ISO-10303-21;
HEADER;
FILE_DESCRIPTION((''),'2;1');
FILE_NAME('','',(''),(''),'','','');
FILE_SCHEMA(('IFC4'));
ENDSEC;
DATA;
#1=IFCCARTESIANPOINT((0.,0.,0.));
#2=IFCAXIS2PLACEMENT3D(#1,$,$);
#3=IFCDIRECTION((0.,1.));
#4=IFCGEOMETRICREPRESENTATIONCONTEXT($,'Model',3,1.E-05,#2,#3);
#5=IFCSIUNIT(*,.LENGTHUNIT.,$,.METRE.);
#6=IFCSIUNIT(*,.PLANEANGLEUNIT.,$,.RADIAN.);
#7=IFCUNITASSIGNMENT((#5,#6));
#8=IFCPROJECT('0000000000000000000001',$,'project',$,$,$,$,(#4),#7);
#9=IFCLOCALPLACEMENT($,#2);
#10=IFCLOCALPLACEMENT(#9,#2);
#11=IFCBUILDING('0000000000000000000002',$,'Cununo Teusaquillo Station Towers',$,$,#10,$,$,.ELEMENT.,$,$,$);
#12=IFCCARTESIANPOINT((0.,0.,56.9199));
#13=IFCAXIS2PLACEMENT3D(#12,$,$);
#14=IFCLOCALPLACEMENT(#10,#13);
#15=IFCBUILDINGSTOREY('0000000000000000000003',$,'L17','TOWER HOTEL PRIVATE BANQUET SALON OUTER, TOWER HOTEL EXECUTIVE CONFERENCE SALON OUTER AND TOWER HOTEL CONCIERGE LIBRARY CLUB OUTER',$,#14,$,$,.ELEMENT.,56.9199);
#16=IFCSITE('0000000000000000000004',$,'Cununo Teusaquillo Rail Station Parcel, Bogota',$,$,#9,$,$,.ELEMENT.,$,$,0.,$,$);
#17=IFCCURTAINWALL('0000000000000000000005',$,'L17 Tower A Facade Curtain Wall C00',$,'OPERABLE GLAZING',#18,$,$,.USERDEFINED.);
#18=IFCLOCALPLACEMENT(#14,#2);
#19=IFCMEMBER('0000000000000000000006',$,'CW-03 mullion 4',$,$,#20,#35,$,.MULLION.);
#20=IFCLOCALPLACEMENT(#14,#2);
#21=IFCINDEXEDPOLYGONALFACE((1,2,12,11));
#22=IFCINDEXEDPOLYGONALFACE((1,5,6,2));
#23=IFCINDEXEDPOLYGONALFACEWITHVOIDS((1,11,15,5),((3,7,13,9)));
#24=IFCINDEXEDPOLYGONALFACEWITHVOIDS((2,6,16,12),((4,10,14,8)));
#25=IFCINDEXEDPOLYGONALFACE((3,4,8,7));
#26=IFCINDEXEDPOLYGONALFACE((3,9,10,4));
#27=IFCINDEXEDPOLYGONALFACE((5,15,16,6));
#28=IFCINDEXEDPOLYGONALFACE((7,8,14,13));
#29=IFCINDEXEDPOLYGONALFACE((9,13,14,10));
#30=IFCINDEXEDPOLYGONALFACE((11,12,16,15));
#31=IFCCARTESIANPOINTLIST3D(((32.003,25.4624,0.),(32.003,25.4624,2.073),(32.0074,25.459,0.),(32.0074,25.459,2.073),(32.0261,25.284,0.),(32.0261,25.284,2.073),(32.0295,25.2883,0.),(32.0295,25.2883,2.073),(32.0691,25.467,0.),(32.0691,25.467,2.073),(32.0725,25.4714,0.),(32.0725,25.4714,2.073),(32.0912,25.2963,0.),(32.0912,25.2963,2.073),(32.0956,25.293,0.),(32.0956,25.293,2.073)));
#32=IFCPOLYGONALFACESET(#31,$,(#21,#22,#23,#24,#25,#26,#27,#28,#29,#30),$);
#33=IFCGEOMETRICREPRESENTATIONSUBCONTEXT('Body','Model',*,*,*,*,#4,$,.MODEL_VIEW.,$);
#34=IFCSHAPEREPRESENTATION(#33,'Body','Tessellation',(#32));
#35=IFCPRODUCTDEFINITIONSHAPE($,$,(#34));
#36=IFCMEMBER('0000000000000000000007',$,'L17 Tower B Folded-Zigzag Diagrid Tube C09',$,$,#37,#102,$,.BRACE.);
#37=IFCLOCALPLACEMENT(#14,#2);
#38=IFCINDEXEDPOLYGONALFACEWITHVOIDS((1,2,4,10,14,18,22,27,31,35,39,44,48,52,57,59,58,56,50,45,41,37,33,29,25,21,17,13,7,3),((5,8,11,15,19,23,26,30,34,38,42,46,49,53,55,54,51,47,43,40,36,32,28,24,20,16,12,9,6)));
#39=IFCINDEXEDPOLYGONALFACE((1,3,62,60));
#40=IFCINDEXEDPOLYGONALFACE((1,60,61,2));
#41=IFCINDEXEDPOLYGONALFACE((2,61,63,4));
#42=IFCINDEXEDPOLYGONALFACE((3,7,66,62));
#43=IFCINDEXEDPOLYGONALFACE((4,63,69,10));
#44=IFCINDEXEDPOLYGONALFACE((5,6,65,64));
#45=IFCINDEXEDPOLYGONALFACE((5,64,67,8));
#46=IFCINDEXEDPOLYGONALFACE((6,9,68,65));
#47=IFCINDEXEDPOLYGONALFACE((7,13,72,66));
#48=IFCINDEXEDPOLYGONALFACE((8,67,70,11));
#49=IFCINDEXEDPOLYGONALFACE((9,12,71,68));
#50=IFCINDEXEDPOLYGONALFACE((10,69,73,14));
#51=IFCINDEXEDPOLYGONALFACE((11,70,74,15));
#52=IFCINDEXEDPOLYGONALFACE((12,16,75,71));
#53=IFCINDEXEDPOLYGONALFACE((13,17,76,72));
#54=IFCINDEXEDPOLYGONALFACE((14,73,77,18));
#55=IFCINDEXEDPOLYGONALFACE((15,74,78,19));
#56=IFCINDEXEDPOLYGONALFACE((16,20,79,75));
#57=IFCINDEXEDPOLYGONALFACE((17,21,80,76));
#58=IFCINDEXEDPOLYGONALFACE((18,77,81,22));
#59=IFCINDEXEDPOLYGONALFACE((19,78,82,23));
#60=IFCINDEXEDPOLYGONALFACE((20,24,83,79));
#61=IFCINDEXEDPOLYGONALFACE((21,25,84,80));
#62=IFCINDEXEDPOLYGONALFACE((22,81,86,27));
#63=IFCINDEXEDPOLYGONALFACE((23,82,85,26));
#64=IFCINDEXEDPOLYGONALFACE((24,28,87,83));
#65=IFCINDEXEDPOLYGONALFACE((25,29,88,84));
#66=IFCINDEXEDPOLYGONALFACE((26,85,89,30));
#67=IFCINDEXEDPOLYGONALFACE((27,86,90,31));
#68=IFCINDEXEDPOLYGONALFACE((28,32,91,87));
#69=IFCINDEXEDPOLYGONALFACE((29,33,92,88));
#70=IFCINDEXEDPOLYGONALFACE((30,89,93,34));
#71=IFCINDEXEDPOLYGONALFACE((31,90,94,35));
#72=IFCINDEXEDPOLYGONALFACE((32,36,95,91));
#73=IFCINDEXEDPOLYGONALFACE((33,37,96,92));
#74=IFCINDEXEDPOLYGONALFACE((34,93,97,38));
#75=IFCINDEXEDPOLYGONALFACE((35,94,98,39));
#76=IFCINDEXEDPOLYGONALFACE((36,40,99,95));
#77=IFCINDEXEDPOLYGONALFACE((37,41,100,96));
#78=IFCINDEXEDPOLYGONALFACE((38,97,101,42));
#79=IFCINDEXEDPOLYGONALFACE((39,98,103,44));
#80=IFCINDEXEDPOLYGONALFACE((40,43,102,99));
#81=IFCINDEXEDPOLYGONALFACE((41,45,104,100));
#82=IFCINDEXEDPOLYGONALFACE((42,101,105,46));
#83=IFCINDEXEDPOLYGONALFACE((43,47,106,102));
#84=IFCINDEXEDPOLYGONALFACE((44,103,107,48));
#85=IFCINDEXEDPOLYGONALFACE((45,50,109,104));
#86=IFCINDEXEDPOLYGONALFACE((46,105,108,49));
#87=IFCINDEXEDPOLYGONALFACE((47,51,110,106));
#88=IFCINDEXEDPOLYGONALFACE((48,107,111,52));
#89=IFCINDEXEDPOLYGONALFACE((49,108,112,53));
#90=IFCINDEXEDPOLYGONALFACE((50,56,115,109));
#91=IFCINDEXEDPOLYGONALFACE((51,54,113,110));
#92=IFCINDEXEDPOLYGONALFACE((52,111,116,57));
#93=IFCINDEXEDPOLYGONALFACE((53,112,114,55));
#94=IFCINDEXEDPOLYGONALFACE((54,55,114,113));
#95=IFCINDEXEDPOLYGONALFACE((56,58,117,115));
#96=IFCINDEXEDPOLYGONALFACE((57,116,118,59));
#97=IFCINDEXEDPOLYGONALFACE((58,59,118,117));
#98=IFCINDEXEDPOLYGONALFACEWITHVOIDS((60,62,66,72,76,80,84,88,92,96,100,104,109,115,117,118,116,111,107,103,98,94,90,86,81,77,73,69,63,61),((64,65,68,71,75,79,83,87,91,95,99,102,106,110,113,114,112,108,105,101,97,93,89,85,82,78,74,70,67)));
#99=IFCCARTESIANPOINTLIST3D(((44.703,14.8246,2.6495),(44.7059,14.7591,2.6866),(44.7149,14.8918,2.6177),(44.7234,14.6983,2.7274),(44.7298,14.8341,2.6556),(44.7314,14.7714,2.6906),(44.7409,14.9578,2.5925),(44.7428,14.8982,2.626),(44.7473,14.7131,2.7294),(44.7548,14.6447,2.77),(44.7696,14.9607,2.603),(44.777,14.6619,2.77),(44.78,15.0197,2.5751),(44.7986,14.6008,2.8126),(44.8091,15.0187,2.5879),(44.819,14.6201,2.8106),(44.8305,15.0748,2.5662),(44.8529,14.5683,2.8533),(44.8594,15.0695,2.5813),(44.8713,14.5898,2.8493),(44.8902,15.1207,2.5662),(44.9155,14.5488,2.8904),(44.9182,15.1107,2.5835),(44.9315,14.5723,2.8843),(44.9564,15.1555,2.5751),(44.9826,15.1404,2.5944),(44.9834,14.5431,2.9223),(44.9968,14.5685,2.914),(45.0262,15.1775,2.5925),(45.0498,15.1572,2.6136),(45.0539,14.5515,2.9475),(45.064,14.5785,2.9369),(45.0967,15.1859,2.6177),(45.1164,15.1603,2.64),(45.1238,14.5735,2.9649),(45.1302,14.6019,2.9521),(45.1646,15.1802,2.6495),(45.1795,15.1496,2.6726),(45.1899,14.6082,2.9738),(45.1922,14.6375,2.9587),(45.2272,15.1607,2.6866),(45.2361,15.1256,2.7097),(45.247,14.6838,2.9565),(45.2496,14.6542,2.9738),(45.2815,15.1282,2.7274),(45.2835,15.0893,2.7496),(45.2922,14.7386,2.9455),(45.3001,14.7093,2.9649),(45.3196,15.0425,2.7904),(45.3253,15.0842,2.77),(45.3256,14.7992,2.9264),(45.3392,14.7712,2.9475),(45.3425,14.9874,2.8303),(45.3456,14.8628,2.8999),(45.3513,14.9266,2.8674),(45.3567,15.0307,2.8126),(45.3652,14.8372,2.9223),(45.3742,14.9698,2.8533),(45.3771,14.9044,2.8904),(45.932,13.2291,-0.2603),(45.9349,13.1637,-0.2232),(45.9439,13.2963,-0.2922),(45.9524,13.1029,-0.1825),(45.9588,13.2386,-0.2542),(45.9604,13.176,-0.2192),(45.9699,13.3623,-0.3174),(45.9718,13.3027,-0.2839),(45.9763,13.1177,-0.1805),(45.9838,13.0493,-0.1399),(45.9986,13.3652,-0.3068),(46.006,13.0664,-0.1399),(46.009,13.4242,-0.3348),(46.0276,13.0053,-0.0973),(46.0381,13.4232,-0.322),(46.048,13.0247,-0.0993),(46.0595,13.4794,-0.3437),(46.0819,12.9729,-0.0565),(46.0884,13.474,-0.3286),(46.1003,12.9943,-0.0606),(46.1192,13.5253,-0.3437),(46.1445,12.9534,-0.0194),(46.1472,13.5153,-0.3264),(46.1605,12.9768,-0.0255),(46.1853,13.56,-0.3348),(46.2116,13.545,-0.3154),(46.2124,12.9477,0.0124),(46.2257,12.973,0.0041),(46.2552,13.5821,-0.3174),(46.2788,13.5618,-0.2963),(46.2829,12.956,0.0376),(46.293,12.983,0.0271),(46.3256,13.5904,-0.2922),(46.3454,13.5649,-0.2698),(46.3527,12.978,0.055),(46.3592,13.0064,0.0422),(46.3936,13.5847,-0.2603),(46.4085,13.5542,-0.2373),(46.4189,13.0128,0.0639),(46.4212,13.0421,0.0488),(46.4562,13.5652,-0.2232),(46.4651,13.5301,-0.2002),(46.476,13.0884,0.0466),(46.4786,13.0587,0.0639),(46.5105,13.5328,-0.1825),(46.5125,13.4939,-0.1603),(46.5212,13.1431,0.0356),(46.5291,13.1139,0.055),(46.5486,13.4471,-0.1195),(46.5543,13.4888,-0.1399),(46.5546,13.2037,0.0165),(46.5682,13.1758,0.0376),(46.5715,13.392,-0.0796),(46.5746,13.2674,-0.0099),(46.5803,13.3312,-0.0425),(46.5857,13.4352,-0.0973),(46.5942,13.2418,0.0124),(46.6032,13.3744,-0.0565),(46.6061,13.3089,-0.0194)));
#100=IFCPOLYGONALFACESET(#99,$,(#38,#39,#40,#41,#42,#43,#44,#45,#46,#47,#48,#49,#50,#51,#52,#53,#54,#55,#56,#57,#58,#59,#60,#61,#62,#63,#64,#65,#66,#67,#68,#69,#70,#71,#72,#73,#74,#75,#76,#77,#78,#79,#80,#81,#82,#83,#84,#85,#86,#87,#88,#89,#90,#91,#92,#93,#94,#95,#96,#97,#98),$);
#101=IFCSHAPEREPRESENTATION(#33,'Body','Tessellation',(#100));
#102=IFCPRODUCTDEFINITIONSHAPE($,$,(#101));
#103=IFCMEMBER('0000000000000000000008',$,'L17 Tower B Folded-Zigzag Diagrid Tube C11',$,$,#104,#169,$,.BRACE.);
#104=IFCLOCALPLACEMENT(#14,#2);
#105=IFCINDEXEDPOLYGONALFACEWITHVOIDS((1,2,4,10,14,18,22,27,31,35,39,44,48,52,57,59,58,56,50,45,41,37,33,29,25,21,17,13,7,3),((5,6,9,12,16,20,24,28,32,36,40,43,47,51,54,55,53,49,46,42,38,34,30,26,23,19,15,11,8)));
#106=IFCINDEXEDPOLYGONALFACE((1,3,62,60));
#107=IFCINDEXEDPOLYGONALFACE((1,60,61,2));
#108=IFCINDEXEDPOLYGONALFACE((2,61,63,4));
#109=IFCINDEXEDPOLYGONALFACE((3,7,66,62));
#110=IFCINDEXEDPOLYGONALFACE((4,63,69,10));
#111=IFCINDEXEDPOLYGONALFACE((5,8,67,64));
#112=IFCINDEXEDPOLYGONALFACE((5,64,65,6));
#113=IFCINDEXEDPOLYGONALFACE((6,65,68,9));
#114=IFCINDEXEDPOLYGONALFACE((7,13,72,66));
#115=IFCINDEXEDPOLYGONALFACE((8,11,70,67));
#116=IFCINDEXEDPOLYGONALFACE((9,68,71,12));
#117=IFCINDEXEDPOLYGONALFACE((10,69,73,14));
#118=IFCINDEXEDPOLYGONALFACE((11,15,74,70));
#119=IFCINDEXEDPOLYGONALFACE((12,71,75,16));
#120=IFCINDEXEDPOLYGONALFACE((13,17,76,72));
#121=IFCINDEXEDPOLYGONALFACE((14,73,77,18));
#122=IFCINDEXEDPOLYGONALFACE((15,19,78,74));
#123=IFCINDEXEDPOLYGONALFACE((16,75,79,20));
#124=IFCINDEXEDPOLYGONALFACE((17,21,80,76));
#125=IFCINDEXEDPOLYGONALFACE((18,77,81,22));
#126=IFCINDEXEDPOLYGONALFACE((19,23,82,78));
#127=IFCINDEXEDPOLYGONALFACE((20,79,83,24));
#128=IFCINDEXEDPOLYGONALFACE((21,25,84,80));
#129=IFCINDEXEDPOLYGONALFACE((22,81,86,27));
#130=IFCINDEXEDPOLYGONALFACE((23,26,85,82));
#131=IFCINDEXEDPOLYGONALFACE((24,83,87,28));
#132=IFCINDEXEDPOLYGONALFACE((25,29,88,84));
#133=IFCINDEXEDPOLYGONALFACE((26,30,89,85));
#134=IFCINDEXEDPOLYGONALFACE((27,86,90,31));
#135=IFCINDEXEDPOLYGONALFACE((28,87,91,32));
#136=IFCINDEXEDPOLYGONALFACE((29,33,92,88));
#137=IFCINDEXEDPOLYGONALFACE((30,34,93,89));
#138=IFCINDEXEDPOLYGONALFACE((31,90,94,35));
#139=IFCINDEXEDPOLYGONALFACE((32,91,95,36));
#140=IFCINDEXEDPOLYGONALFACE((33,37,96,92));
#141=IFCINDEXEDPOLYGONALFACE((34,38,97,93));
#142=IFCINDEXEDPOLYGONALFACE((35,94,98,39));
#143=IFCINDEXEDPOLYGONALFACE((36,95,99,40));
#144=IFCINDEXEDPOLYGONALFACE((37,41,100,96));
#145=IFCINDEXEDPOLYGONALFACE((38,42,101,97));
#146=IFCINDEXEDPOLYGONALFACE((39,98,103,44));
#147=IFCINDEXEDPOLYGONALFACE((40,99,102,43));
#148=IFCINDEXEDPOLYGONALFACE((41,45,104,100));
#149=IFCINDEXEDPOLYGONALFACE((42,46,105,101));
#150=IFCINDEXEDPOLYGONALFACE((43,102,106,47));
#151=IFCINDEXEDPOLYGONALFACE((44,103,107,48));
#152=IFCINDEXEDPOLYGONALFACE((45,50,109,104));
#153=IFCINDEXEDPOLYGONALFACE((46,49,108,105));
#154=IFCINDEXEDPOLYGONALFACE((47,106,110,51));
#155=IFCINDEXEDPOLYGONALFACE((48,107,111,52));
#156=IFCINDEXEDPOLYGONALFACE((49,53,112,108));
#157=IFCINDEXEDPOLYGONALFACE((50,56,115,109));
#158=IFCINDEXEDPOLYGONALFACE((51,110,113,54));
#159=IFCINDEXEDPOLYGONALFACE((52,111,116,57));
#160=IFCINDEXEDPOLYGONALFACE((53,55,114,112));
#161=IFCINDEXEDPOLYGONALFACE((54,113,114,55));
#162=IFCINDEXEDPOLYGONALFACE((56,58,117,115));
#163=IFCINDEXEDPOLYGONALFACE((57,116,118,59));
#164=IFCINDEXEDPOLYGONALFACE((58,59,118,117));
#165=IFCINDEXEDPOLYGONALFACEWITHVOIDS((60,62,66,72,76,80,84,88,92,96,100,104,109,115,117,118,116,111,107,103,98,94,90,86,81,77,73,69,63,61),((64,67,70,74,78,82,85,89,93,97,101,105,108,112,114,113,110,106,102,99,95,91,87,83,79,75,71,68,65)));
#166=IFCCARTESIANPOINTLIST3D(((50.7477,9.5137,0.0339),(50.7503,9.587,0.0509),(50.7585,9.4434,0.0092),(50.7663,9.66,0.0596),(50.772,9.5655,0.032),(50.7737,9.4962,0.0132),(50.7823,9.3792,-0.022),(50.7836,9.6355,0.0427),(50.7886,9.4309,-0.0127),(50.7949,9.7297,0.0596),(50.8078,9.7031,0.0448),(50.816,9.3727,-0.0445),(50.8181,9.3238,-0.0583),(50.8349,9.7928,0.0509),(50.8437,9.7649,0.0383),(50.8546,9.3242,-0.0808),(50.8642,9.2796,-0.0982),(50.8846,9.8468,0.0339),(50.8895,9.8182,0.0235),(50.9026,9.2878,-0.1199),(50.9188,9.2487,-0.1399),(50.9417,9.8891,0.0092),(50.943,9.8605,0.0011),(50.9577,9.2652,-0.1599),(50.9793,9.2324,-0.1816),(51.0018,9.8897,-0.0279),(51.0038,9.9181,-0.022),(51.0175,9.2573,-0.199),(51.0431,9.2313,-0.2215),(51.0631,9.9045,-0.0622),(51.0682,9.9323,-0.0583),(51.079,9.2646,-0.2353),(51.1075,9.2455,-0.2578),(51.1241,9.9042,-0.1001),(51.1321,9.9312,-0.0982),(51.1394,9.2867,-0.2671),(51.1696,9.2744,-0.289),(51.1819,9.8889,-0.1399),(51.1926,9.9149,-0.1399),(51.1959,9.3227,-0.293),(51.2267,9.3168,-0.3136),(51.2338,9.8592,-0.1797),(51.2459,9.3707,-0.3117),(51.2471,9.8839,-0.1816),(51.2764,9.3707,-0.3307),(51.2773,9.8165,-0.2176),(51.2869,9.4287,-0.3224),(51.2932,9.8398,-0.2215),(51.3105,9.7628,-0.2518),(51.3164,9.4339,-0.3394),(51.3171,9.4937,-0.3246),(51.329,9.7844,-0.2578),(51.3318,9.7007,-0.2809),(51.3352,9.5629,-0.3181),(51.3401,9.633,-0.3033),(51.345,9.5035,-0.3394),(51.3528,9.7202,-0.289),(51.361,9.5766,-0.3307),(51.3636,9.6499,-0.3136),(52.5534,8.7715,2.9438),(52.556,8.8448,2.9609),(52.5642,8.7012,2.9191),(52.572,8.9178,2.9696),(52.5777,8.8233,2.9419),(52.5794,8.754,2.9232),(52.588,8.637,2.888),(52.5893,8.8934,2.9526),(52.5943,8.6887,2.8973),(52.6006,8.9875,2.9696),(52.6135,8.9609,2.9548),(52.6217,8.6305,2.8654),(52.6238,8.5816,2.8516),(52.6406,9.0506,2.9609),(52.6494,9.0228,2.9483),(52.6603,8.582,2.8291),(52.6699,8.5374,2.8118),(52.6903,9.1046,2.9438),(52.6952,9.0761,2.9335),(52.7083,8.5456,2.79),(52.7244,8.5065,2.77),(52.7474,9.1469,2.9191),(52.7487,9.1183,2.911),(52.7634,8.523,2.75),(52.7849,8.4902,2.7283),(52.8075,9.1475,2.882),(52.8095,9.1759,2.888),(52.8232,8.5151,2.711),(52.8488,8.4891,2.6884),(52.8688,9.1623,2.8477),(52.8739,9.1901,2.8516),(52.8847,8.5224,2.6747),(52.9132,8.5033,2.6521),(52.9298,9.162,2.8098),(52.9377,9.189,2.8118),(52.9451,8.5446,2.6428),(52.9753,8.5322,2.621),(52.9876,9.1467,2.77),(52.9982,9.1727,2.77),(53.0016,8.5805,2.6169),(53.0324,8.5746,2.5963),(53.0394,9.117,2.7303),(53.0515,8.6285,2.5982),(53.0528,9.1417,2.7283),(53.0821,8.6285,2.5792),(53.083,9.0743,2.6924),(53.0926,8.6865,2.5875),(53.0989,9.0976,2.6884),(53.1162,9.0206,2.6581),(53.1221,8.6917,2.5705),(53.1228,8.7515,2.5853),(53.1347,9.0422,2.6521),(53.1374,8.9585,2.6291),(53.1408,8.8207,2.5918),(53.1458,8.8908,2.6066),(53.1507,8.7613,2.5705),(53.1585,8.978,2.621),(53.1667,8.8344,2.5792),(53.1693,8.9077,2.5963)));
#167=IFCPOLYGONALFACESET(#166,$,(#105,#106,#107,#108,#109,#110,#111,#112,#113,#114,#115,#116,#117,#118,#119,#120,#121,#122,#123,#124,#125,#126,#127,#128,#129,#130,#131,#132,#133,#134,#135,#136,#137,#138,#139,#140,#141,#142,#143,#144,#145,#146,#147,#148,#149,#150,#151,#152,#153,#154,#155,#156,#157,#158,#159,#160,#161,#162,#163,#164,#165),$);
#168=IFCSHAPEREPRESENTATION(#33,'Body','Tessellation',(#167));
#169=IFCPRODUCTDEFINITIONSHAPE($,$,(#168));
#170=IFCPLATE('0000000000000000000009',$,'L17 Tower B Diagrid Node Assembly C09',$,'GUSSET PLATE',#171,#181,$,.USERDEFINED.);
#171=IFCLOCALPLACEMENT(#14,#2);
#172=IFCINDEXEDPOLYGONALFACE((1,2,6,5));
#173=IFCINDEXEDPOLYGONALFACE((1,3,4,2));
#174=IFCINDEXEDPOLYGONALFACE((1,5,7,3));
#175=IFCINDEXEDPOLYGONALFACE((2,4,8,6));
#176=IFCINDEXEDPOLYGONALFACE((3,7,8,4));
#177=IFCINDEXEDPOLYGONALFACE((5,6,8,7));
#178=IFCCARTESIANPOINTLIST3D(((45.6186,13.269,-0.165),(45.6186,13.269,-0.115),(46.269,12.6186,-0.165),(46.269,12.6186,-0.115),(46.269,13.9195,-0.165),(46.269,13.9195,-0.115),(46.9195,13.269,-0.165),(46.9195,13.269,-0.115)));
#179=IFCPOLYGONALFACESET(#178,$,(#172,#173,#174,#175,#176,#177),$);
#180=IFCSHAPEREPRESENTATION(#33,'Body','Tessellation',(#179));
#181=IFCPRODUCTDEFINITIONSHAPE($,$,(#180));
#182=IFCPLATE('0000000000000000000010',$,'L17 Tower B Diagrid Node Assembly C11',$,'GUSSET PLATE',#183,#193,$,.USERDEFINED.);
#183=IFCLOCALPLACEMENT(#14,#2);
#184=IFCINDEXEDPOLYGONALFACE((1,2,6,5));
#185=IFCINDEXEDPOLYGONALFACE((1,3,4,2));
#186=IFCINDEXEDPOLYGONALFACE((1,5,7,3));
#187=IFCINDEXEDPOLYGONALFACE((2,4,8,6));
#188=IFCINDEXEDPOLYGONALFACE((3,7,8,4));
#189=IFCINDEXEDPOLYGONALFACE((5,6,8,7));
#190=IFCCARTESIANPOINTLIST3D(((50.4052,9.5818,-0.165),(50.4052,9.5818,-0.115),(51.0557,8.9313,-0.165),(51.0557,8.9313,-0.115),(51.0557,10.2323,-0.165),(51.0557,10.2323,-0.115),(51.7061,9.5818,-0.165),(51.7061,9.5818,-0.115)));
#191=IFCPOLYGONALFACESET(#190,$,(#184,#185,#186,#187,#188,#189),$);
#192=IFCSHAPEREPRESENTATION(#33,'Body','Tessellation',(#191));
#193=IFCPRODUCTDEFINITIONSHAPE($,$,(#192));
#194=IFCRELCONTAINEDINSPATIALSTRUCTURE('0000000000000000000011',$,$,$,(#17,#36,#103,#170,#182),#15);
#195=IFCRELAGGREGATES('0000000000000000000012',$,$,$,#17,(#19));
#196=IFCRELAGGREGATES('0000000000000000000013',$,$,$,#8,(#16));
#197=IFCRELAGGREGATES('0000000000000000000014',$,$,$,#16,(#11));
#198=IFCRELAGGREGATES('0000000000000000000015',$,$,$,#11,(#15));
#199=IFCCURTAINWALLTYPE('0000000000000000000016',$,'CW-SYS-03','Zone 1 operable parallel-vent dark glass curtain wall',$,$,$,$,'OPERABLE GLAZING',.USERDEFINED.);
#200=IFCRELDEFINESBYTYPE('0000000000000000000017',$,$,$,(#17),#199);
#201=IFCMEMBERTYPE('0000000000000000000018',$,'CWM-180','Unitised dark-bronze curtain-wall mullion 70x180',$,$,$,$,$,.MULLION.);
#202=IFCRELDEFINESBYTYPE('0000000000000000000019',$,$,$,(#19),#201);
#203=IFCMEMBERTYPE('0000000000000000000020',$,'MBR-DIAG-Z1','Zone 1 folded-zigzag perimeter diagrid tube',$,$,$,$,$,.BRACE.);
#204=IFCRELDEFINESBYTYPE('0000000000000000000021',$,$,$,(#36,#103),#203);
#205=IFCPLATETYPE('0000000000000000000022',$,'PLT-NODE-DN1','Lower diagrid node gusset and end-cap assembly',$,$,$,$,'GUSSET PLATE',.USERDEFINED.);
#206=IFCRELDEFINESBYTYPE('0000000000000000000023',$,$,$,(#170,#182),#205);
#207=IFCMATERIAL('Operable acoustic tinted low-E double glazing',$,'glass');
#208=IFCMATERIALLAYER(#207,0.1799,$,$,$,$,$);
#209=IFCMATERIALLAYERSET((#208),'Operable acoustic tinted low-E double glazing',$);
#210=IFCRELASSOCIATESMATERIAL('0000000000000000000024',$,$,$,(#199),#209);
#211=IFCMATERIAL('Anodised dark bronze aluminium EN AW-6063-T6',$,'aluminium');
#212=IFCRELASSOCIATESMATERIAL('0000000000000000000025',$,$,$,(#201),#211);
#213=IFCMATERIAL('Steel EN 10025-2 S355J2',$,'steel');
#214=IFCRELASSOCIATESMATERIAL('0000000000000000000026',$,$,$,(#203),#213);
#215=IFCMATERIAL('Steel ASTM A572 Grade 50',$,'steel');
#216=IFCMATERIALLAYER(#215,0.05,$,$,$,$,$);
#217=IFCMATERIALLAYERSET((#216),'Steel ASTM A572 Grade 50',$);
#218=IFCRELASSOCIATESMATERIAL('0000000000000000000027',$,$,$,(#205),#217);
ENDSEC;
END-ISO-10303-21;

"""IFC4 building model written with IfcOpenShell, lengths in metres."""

from ifc_helpers import new_model, si_unit, direction, frame, origin, origin_2d, place, context, subcontext, project, spatial, rectangle, hollow_rectangle, hollow_circle, extrude, source, transform, mapped, material, layer, layer_set, material_profile, profile_set, type_object, element, aggregate, save


model = new_model("IFC4")

# Units and contexts
model_context = context("Model", 3, precision=1e-05, world=origin(), true_north=direction((0.0, 1.0)))
body_context = subcontext(model_context, "Body", "Model", "MODEL_VIEW")
ifc_project = project(units=[si_unit("LENGTHUNIT", "METRE"), si_unit("PLANEANGLEUNIT", "RADIAN")], contexts=[model_context])

# Site, building, storey
site_placement = place(None, origin())
site = spatial("IfcSite", under=ifc_project, at=site_placement, Name="Cununo Teusaquillo Rail Station Parcel, Bogota", CompositionType="ELEMENT", RefElevation=0.0)
building_placement = place(site_placement, origin())
building = spatial("IfcBuilding", under=site, at=building_placement, Name="Cununo Teusaquillo Station Towers", CompositionType="ELEMENT")
storey_placement = place(building_placement, frame((0.0, 0.0, 56.9199)))
storey = spatial("IfcBuildingStorey", under=building, at=storey_placement, Name="L17", Description="TOWER HOTEL PRIVATE BANQUET SALON OUTER, TOWER HOTEL EXECUTIVE CONFERENCE SALON OUTER AND TOWER HOTEL CONCIERGE LIBRARY CLUB OUTER", CompositionType="ELEMENT", Elevation=56.9199)

# Curtain wall, member
ifc_material_1 = material(Name="Operable acoustic tinted low-E double glazing", Category="glass")
ifc_layer_1 = layer(ifc_material_1, 0.1799)
ifc_layer_set_1 = layer_set([ifc_layer_1], Name="Operable acoustic tinted low-E double glazing")
curtain_wall_type = type_object("IfcCurtainWallType", Name="CW-SYS-03", Description="Zone 1 operable parallel-vent dark glass curtain wall", ElementType="OPERABLE GLAZING", PredefinedType="USERDEFINED", material=ifc_layer_set_1)
curtain_wall_placement = place(storey_placement, origin())
curtain_wall = element("IfcCurtainWall", 1, at=curtain_wall_placement, inside=storey, type_object=curtain_wall_type, Name="L17 Tower A Facade Curtain Wall C00", ObjectType="OPERABLE GLAZING", PredefinedType="USERDEFINED")
ifc_material_2 = material(Name="Anodised dark bronze aluminium EN AW-6063-T6", Category="aluminium")
ifc_material_profile_1 = material_profile(ifc_material_2, hollow_rectangle(XDim=0.0701, YDim=0.1799, WallThickness=0.0039, at=origin_2d()), Name="CW-MULL-70x180")
ifc_profile_set_1 = profile_set([ifc_material_profile_1], Name="Anodised dark bronze aluminium EN AW-6063-T6")
member_type_1 = type_object("IfcMemberType", Name="CWM-180", Description="Unitised dark-bronze curtain-wall mullion 70x180", PredefinedType="MULLION", material=ifc_profile_set_1)
member_1_placement = place(storey_placement, frame((32.0493, 25.3777, 0.0), z_axis=(0.0, 0.0, 1.0), x_axis=(0.991731, 0.128336, 0.0)))
member_1 = element("IfcMember", 2, at=member_1_placement, type_object=member_type_1, Name="CW-03 mullion 4", PredefinedType="MULLION", context=body_context, shape_type="SweptSolid", body=[
    extrude(hollow_rectangle(XDim=0.0701, YDim=0.1799, WallThickness=0.0039, at=origin_2d()), origin(), (0.0, 0.0, 1.0), 2.073),
])
aggregate(curtain_wall, [member_1])

# Members
ifc_material_3 = material(Name="Steel EN 10025-2 S355J2", Category="steel")
ifc_material_profile_2 = material_profile(ifc_material_3, hollow_circle(Radius=0.3601, WallThickness=0.0281, at=origin_2d()), Name="CHS 720x28")
ifc_profile_set_2 = profile_set([ifc_material_profile_2], Name="Steel EN 10025-2 S355J2")
member_type_2 = type_object("IfcMemberType", Name="MBR-DIAG-Z1", Description="Zone 1 folded-zigzag perimeter diagrid tube", PredefinedType="BRACE", material=ifc_profile_set_2)
member_2_placement = place(storey_placement, frame((46.269, 13.269, -0.1399), z_axis=(-0.347288, 0.45084, 0.822274), x_axis=(-0.792209, -0.61025, 0.0)))
element("IfcMember", 3, at=member_2_placement, inside=storey, type_object=member_type_2, Name="L17 Tower B Folded-Zigzag Diagrid Tube C09", PredefinedType="BRACE", context=body_context, shape_type="SweptSolid", body=[
    extrude(hollow_circle(Radius=0.3601, WallThickness=0.0281, at=origin_2d()), origin(), (0.0, 0.0, 1.0), 3.5388),
])
member_3_placement = place(storey_placement, frame((51.0557, 9.5818, -0.1399), z_axis=(0.515298, -0.211804, 0.830426), x_axis=(0.380171, 0.924916, 0.0)))
element("IfcMember", 4, at=member_3_placement, inside=storey, type_object=member_type_2, Name="L17 Tower B Folded-Zigzag Diagrid Tube C11", PredefinedType="BRACE", context=body_context, shape_type="SweptSolid", body=[
    extrude(hollow_circle(Radius=0.3601, WallThickness=0.0281, at=origin_2d()), origin(), (0.0, 0.0, 1.0), 3.5042),
])

# Plates
ifc_material_4 = material(Name="Steel ASTM A572 Grade 50", Category="steel")
ifc_layer_2 = layer(ifc_material_4, 0.05)
ifc_layer_set_2 = layer_set([ifc_layer_2], Name="Steel ASTM A572 Grade 50")
plate_type = type_object("IfcPlateType", Name="PLT-NODE-DN1", Description="Lower diagrid node gusset and end-cap assembly", ElementType="GUSSET PLATE", PredefinedType="USERDEFINED", material=ifc_layer_set_2)
shared_shape_1 = source(origin(), body_context, "Body", "SweptSolid", [
    extrude(rectangle(XDim=0.9199, YDim=0.9199, at=origin_2d()), origin(), (0.0, 0.0, 1.0), 0.05),
])
for number, where, z_axis, x_axis, name in (
    (5, (46.269, 13.269, -0.165), (0.0, 0.0, 1.0), (0.707107, 0.707107, 0.0), "L17 Tower B Diagrid Node Assembly C09"),
    (6, (51.0557, 9.5818, -0.165), (0.0, 0.0, 1.0), (0.707107, 0.707107, 0.0), "L17 Tower B Diagrid Node Assembly C11"),
):
    element("IfcPlate", number, at=place(storey_placement, frame(where, z_axis=z_axis, x_axis=x_axis)), inside=storey, type_object=plate_type, Name=name, ObjectType="GUSSET PLATE", PredefinedType="USERDEFINED", context=body_context, shape_type="MappedRepresentation", body=[
        mapped(shared_shape_1, transform((0.0, 0.0, 0.0), x_axis=(1.0, 0.0, 0.0), y_axis=(0.0, 1.0, 0.0), z_axis=(0.0, 0.0, 1.0), scale=1.0)),
    ])

save(model, "model.ifc")
